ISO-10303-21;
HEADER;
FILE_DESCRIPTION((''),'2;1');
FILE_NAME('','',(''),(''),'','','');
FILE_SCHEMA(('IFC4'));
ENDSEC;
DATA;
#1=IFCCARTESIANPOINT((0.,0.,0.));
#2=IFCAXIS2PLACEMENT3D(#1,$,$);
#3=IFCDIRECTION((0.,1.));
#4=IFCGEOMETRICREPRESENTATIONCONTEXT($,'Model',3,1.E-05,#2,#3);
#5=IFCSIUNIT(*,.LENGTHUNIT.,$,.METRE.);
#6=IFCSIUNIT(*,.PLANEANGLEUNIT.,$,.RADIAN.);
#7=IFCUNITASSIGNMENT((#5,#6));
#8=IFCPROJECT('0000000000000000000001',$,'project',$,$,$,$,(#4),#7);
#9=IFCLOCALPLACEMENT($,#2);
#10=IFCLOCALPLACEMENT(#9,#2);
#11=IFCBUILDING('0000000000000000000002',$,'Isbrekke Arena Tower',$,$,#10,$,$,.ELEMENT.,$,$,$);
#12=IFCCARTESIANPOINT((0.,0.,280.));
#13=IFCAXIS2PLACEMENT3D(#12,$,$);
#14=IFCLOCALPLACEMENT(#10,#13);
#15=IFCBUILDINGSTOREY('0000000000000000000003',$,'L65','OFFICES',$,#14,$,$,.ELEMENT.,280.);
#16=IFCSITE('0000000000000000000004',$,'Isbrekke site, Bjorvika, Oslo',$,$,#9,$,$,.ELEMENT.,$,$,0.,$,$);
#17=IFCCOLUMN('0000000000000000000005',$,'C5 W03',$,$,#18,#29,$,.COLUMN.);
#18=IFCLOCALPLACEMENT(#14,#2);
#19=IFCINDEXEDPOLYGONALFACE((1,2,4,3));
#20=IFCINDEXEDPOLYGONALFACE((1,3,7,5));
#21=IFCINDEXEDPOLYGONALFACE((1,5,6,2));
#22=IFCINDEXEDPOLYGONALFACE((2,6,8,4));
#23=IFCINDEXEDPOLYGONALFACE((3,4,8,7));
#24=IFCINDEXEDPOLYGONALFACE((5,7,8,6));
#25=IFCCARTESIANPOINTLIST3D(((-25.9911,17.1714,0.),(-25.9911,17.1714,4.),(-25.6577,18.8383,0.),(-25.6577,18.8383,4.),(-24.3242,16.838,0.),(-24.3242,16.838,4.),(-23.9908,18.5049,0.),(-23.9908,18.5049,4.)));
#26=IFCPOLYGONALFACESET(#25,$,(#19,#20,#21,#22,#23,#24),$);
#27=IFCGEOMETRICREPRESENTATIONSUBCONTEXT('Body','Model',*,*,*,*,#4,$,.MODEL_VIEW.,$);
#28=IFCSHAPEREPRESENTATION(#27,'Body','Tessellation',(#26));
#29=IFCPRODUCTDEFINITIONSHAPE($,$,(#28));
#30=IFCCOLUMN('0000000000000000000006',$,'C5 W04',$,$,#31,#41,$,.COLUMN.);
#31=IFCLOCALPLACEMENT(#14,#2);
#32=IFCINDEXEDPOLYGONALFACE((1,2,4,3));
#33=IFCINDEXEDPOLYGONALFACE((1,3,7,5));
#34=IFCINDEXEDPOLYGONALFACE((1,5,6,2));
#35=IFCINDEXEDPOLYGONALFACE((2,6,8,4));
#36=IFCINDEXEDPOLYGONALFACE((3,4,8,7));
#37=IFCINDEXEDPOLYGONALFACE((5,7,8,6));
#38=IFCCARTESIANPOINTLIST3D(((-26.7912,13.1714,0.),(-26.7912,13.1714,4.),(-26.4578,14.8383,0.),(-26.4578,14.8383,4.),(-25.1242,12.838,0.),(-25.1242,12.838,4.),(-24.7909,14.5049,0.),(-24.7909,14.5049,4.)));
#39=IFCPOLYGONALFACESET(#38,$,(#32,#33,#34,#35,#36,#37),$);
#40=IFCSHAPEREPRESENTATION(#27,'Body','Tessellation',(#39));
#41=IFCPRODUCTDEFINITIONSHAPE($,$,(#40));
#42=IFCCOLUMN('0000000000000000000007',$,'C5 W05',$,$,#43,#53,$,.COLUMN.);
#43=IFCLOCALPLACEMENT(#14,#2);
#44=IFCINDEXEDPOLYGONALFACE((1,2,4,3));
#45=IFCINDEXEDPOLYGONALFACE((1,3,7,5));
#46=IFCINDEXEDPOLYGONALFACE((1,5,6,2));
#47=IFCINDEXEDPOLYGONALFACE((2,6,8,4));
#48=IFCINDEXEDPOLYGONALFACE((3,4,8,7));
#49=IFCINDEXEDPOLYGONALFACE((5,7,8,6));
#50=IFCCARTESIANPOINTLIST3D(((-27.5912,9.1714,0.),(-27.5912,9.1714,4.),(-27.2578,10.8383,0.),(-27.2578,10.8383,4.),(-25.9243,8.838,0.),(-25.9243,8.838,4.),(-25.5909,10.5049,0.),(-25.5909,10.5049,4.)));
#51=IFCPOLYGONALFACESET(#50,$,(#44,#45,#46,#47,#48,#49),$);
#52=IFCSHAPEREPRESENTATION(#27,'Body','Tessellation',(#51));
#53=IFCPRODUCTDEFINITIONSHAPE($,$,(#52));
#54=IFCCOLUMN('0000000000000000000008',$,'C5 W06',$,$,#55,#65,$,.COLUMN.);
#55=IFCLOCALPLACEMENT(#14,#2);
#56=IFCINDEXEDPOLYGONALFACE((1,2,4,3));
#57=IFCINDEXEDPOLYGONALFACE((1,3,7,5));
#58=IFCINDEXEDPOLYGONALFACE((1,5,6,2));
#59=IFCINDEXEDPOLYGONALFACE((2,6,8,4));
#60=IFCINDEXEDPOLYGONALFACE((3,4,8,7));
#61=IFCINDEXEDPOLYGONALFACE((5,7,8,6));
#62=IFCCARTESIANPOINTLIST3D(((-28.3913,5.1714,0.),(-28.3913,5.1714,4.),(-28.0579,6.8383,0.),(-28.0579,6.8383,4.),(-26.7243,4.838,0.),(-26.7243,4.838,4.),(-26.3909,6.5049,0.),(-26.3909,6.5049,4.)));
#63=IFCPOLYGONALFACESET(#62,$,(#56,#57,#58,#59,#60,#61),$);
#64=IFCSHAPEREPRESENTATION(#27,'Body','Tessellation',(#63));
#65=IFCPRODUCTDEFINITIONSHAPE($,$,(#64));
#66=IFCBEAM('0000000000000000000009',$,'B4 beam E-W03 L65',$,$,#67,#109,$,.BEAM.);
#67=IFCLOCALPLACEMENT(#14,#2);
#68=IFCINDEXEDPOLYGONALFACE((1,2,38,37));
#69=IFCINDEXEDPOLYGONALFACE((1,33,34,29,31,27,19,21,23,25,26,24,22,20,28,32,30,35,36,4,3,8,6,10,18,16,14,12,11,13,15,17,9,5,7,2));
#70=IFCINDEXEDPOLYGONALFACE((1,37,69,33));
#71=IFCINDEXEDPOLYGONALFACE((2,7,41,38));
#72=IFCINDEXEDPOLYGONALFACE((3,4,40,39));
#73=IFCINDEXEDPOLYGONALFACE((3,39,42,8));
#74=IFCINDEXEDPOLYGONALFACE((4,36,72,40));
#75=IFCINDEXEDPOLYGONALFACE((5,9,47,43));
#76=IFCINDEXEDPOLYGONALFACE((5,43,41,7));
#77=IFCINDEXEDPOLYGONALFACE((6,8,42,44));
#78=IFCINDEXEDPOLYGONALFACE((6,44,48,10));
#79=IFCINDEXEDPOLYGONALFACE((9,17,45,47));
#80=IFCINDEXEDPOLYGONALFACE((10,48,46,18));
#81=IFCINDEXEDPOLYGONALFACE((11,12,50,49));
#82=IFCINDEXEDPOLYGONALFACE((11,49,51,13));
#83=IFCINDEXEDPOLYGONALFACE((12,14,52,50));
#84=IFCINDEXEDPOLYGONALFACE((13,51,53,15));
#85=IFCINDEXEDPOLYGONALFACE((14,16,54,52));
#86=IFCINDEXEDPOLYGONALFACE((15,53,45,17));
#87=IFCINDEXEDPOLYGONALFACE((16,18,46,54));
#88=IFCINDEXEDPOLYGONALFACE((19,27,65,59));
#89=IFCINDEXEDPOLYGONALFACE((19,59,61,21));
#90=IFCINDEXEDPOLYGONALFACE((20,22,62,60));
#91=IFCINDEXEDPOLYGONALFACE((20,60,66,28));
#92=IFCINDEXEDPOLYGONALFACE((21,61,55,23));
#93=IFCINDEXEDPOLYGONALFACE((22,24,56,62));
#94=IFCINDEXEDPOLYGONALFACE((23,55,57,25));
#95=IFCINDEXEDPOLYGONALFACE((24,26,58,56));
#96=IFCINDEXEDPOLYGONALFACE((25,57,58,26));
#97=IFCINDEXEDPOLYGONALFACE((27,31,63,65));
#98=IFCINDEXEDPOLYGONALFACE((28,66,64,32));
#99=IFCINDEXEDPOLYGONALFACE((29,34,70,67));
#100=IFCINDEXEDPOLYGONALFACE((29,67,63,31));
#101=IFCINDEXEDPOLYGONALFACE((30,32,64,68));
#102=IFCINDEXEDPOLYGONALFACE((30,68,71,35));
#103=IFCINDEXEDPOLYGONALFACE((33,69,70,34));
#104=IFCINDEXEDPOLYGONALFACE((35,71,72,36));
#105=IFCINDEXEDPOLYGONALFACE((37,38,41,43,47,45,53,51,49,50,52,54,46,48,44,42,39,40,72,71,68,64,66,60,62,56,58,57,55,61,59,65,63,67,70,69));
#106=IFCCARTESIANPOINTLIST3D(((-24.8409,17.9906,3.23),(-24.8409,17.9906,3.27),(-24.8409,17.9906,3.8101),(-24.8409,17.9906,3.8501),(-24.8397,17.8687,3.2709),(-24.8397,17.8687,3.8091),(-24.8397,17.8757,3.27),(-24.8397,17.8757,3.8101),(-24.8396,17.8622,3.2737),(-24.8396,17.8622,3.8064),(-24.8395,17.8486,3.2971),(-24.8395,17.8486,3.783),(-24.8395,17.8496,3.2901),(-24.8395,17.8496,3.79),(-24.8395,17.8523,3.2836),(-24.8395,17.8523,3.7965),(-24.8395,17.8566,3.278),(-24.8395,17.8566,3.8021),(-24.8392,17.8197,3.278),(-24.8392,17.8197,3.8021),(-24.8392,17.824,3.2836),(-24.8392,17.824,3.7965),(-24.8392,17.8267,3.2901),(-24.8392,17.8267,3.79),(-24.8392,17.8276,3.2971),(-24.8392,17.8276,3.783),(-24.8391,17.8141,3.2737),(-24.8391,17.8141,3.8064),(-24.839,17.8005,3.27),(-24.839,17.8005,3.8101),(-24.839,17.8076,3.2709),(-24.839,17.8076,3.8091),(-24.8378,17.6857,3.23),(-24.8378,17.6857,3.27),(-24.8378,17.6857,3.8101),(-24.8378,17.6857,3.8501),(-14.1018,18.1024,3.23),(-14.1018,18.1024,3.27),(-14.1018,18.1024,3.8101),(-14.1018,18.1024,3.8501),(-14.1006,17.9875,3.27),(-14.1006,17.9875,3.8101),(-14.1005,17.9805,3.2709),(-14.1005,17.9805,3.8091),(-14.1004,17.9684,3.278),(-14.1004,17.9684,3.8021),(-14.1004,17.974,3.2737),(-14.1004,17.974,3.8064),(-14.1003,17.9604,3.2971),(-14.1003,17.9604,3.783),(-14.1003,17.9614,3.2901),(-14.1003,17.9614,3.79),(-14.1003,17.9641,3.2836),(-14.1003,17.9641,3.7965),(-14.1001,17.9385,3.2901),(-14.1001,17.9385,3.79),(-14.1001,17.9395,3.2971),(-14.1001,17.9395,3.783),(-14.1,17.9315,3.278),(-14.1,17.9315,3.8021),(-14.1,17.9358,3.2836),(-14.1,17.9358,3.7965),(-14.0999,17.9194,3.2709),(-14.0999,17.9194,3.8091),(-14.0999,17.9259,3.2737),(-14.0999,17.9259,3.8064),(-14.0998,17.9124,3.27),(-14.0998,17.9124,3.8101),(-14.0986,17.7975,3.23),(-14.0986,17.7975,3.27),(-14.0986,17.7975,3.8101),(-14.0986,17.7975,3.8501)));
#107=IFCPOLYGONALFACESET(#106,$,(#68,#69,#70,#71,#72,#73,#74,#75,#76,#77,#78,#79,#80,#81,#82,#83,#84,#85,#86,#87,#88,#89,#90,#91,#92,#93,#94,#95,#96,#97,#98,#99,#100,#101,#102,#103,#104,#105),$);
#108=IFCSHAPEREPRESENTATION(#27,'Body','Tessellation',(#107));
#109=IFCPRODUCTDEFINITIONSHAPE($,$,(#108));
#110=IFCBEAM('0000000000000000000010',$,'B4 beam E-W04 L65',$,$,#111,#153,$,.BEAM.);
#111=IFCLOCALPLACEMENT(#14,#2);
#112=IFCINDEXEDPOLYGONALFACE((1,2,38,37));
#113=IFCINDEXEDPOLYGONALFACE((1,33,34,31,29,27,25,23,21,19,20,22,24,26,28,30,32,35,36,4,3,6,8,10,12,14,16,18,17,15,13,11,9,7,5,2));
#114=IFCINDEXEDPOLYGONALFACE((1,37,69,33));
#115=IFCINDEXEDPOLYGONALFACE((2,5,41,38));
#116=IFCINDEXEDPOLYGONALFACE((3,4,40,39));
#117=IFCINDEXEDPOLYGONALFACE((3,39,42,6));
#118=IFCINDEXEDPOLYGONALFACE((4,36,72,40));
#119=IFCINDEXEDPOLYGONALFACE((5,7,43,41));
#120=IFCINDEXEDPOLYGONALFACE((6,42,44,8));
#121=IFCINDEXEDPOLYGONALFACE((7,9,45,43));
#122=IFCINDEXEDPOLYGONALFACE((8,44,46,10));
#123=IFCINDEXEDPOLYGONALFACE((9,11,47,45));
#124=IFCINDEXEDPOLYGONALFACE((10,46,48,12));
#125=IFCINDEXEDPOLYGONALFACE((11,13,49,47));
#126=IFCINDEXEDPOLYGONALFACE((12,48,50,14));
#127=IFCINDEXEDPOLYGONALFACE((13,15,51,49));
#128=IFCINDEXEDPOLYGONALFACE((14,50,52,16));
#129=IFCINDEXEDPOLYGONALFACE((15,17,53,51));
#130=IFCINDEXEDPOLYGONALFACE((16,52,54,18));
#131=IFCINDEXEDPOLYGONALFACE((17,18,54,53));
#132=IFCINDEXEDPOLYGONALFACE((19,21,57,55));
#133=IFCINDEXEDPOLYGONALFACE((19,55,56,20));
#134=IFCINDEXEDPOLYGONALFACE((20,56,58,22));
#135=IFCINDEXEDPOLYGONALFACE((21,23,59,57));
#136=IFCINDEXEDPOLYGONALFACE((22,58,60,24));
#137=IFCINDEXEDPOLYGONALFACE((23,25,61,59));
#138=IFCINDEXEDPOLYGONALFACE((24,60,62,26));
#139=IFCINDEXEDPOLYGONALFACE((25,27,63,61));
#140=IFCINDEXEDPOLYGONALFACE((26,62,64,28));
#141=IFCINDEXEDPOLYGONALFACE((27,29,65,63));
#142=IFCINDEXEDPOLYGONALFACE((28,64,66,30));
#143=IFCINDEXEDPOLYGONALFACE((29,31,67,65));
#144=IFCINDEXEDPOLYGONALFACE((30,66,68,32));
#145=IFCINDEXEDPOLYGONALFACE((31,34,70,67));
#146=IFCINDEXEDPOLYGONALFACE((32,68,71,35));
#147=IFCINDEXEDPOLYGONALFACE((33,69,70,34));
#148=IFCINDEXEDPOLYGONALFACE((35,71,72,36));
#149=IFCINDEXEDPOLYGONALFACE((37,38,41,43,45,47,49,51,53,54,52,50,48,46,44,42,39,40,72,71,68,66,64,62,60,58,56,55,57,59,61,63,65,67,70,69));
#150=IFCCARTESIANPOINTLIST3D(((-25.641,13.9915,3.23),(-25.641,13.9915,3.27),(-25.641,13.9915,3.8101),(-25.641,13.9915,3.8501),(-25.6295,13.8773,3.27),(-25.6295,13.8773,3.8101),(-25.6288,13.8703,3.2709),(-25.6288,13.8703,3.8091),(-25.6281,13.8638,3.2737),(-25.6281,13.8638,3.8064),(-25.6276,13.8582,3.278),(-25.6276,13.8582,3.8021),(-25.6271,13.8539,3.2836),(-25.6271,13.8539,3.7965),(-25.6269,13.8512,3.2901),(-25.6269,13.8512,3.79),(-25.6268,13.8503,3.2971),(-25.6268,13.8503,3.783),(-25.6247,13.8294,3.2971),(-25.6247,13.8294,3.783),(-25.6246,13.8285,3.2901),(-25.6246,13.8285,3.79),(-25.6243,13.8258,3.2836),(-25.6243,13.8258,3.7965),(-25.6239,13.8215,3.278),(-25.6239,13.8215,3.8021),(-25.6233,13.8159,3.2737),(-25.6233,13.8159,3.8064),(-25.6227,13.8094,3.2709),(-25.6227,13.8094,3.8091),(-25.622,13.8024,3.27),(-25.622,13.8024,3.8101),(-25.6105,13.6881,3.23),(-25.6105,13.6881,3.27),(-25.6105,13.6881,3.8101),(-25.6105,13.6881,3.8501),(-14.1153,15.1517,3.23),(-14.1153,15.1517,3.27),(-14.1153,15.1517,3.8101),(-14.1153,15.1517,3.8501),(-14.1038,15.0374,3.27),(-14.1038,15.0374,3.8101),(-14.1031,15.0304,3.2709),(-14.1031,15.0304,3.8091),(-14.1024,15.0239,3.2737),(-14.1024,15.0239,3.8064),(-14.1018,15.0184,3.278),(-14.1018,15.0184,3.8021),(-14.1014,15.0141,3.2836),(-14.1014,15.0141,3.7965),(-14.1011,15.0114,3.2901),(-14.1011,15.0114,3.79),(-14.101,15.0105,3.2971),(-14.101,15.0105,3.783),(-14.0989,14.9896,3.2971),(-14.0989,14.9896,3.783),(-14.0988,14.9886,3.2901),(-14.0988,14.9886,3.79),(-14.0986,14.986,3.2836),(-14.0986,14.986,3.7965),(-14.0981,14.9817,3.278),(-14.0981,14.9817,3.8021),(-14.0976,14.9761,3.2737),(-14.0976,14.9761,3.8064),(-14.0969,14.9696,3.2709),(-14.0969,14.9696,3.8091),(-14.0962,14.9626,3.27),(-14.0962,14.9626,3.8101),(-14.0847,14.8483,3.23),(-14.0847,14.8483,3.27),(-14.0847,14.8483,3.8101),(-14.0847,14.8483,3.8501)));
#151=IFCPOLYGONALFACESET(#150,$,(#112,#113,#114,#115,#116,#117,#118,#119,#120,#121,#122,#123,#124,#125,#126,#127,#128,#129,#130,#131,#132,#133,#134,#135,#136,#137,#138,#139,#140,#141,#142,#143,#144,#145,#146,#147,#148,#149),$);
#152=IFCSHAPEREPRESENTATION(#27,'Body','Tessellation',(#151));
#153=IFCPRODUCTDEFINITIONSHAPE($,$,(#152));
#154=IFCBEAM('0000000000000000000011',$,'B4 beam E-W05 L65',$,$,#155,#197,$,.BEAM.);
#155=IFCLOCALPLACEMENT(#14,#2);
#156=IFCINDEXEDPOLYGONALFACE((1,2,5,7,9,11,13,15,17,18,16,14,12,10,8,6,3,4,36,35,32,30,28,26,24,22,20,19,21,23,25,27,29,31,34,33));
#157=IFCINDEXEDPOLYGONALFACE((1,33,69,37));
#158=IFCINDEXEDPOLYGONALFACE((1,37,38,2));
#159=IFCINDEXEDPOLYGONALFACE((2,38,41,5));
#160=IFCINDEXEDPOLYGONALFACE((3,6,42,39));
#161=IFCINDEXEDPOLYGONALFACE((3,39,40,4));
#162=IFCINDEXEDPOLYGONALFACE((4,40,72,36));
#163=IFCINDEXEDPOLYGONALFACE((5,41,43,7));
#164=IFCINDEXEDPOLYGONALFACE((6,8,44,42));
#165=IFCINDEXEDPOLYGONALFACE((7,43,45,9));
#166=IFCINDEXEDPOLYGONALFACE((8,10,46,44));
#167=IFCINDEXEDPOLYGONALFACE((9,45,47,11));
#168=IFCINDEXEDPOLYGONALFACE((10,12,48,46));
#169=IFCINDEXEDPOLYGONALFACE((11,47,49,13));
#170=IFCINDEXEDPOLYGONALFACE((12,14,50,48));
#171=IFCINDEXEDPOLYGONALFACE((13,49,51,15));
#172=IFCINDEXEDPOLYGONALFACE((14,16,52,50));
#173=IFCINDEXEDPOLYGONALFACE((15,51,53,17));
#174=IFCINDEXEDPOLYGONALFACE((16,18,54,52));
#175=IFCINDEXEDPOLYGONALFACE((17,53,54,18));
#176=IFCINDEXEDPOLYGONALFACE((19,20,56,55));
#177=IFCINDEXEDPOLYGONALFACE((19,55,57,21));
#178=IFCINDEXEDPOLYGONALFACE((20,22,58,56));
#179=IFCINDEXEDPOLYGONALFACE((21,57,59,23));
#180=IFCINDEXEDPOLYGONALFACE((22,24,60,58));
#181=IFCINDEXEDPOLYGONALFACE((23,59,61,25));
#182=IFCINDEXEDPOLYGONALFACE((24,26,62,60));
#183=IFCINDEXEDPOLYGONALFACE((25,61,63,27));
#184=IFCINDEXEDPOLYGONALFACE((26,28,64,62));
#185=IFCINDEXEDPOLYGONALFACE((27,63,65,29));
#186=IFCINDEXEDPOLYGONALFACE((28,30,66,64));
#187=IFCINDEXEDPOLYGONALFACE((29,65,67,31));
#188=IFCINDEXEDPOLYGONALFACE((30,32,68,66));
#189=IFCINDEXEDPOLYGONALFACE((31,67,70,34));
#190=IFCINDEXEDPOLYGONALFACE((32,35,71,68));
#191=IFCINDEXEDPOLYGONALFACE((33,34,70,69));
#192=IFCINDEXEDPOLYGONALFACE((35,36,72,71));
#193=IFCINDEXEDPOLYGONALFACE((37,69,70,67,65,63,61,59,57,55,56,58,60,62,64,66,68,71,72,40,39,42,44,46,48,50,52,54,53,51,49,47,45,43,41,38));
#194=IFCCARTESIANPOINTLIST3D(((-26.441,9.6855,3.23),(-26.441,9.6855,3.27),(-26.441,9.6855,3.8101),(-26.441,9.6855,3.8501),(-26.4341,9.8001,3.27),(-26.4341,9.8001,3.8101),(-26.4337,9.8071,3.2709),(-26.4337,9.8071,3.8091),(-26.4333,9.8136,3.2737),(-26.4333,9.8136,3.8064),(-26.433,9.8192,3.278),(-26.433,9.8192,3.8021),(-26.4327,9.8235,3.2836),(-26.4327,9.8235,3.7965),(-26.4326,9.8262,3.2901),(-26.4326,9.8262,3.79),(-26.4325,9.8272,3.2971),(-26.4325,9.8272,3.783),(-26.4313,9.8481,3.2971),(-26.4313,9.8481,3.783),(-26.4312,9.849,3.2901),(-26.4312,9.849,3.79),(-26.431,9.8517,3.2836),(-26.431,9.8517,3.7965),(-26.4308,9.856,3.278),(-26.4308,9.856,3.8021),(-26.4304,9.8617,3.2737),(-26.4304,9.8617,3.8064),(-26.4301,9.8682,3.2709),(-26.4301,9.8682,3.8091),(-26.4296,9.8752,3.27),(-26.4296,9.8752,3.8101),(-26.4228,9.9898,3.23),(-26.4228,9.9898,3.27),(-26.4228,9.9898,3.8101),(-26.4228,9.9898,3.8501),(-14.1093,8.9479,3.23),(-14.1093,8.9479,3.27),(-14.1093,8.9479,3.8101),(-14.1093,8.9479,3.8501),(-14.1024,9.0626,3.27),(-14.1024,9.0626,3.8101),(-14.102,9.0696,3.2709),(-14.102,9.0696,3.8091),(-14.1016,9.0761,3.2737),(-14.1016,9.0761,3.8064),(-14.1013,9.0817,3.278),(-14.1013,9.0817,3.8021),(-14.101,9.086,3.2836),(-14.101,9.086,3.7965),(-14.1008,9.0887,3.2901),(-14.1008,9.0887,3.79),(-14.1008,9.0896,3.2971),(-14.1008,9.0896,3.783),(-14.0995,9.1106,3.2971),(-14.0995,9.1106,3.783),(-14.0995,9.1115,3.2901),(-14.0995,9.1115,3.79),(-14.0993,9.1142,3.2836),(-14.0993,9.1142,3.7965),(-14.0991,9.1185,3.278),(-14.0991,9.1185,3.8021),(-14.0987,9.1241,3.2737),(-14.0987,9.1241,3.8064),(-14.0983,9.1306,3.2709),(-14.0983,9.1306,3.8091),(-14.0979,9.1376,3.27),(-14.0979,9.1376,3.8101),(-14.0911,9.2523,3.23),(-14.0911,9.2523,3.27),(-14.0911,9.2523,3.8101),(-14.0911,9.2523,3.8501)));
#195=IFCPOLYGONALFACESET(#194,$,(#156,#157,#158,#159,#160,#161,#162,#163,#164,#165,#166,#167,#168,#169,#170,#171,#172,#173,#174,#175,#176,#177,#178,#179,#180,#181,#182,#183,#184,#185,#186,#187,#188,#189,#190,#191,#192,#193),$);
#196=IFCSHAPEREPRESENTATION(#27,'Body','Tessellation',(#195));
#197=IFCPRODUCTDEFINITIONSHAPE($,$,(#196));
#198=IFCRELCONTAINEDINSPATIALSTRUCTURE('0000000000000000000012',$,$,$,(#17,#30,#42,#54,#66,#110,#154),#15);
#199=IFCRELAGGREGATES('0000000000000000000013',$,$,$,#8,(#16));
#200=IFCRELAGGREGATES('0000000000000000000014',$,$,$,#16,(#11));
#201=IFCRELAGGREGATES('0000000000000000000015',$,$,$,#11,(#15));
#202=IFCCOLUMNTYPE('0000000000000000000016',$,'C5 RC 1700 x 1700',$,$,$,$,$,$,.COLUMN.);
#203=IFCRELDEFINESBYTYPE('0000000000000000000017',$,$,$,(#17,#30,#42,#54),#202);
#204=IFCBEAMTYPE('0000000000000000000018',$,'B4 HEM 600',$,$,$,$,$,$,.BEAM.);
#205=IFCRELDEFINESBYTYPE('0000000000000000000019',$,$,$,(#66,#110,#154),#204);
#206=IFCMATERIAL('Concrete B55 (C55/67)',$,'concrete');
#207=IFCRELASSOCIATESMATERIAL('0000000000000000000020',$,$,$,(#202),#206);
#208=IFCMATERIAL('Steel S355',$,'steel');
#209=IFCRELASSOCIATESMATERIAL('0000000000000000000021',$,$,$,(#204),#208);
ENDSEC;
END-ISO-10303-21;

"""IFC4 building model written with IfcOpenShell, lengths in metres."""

from ifc_helpers import new_model, si_unit, direction, frame, origin, origin_2d, place, context, subcontext, project, spatial, rectangle, i_section, extrude, material, material_profile, profile_set, type_object, element, save


model = new_model("IFC4")

# Units and contexts
model_context = context("Model", 3, precision=1e-05, world=origin(), true_north=direction((0.0, 1.0)))
body_context = subcontext(model_context, "Body", "Model", "MODEL_VIEW")
ifc_project = project(units=[si_unit("LENGTHUNIT", "METRE"), si_unit("PLANEANGLEUNIT", "RADIAN")], contexts=[model_context])

# Site, building, storey
site_placement = place(None, origin())
site = spatial("IfcSite", under=ifc_project, at=site_placement, Name="Isbrekke site, Bjorvika, Oslo", CompositionType="ELEMENT", RefElevation=0.0)
building_placement = place(site_placement, origin())
building = spatial("IfcBuilding", under=site, at=building_placement, Name="Isbrekke Arena Tower", CompositionType="ELEMENT")
storey_placement = place(building_placement, frame((0.0, 0.0, 280.0)))
storey = spatial("IfcBuildingStorey", under=building, at=storey_placement, Name="L65", Description="OFFICES", CompositionType="ELEMENT", Elevation=280.0)

# Columns
ifc_material_1 = material(Name="Concrete B55 (C55/67)", Category="concrete")
ifc_material_profile_1 = material_profile(ifc_material_1, rectangle(XDim=1.7, YDim=1.7, at=origin_2d()), Name="RC 1700x1700")
ifc_profile_set_1 = profile_set([ifc_material_profile_1], Name="Concrete B55 (C55/67)")
column_type = type_object("IfcColumnType", Name="C5 RC 1700 x 1700", PredefinedType="COLUMN", material=ifc_profile_set_1)
for number, where, z_axis, x_axis, name in (
    (1, (-24.991, 17.8381, 0.0), (0.0, 0.0, 1.0), (-0.196116, -0.980581, 0.0), "C5 W03"),
    (2, (-25.791, 13.8381, 0.0), (0.0, 0.0, 1.0), (-0.196116, -0.980581, 0.0), "C5 W04"),
    (3, (-26.5911, 9.8381, 0.0), (0.0, 0.0, 1.0), (-0.196116, -0.980581, 0.0), "C5 W05"),
    (4, (-27.3911, 5.8381, 0.0), (0.0, 0.0, 1.0), (-0.196116, -0.980581, 0.0), "C5 W06"),
):
    element("IfcColumn", number, at=place(storey_placement, frame(where, z_axis=z_axis, x_axis=x_axis)), inside=storey, type_object=column_type, Name=name, PredefinedType="COLUMN", context=body_context, shape_type="SweptSolid", body=[
        extrude(rectangle(XDim=1.7, YDim=1.7, at=origin_2d()), origin(), (0.0, 0.0, 1.0), 4.0),
    ])

# Beams
ifc_material_2 = material(Name="Steel S355", Category="steel")
ifc_material_profile_2 = material_profile(ifc_material_2, i_section(OverallWidth=0.3049, OverallDepth=0.6201, WebThickness=0.021, FlangeThickness=0.04, FilletRadius=0.0271, at=origin_2d()), Name="HEM 600")
ifc_profile_set_2 = profile_set([ifc_material_profile_2], Name="Steel S355")
beam_type_1 = type_object("IfcBeamType", Name="B4 HEM 600", PredefinedType="BEAM", material=ifc_profile_set_2)
beam_1_placement = place(storey_placement, frame((-24.8394, 17.8381, 3.54), z_axis=(0.999946, 0.010411, 0.0), x_axis=(-0.010411, 0.999946, 0.0)))
element("IfcBeam", 5, at=beam_1_placement, inside=storey, type_object=beam_type_1, Name="B4 beam E-W03 L65", PredefinedType="BEAM", context=body_context, shape_type="SweptSolid", body=[
    extrude(i_section(OverallWidth=0.3049, OverallDepth=0.6201, WebThickness=0.021, FlangeThickness=0.04, FilletRadius=0.0271, at=origin_2d()), origin(), (0.0, 0.0, 1.0), 10.7397),
])
beam_2_placement = place(storey_placement, frame((-25.6257, 13.8398, 3.54), z_axis=(0.994972, 0.100153, 0.0), x_axis=(-0.100153, 0.994972, 0.0)))
element("IfcBeam", 6, at=beam_2_placement, inside=storey, type_object=beam_type_1, Name="B4 beam E-W04 L65", PredefinedType="BEAM", context=body_context, shape_type="SweptSolid", body=[
    extrude(i_section(OverallWidth=0.3049, OverallDepth=0.6201, WebThickness=0.021, FlangeThickness=0.04, FilletRadius=0.0271, at=origin_2d()), origin(), (0.0, 0.0, 1.0), 11.584),
])
beam_3_placement = place(storey_placement, frame((-26.4319, 9.8376, 3.54), z_axis=(0.998216, -0.059702, 0.0), x_axis=(0.059702, 0.998216, 0.0)))
element("IfcBeam", 7, at=beam_3_placement, inside=storey, type_object=beam_type_1, Name="B4 beam E-W05 L65", PredefinedType="BEAM", context=body_context, shape_type="SweptSolid", body=[
    extrude(i_section(OverallWidth=0.3049, OverallDepth=0.6201, WebThickness=0.021, FlangeThickness=0.04, FilletRadius=0.0271, at=origin_2d()), origin(), (0.0, 0.0, 1.0), 12.3538),
])

save(model, "model.ifc")
